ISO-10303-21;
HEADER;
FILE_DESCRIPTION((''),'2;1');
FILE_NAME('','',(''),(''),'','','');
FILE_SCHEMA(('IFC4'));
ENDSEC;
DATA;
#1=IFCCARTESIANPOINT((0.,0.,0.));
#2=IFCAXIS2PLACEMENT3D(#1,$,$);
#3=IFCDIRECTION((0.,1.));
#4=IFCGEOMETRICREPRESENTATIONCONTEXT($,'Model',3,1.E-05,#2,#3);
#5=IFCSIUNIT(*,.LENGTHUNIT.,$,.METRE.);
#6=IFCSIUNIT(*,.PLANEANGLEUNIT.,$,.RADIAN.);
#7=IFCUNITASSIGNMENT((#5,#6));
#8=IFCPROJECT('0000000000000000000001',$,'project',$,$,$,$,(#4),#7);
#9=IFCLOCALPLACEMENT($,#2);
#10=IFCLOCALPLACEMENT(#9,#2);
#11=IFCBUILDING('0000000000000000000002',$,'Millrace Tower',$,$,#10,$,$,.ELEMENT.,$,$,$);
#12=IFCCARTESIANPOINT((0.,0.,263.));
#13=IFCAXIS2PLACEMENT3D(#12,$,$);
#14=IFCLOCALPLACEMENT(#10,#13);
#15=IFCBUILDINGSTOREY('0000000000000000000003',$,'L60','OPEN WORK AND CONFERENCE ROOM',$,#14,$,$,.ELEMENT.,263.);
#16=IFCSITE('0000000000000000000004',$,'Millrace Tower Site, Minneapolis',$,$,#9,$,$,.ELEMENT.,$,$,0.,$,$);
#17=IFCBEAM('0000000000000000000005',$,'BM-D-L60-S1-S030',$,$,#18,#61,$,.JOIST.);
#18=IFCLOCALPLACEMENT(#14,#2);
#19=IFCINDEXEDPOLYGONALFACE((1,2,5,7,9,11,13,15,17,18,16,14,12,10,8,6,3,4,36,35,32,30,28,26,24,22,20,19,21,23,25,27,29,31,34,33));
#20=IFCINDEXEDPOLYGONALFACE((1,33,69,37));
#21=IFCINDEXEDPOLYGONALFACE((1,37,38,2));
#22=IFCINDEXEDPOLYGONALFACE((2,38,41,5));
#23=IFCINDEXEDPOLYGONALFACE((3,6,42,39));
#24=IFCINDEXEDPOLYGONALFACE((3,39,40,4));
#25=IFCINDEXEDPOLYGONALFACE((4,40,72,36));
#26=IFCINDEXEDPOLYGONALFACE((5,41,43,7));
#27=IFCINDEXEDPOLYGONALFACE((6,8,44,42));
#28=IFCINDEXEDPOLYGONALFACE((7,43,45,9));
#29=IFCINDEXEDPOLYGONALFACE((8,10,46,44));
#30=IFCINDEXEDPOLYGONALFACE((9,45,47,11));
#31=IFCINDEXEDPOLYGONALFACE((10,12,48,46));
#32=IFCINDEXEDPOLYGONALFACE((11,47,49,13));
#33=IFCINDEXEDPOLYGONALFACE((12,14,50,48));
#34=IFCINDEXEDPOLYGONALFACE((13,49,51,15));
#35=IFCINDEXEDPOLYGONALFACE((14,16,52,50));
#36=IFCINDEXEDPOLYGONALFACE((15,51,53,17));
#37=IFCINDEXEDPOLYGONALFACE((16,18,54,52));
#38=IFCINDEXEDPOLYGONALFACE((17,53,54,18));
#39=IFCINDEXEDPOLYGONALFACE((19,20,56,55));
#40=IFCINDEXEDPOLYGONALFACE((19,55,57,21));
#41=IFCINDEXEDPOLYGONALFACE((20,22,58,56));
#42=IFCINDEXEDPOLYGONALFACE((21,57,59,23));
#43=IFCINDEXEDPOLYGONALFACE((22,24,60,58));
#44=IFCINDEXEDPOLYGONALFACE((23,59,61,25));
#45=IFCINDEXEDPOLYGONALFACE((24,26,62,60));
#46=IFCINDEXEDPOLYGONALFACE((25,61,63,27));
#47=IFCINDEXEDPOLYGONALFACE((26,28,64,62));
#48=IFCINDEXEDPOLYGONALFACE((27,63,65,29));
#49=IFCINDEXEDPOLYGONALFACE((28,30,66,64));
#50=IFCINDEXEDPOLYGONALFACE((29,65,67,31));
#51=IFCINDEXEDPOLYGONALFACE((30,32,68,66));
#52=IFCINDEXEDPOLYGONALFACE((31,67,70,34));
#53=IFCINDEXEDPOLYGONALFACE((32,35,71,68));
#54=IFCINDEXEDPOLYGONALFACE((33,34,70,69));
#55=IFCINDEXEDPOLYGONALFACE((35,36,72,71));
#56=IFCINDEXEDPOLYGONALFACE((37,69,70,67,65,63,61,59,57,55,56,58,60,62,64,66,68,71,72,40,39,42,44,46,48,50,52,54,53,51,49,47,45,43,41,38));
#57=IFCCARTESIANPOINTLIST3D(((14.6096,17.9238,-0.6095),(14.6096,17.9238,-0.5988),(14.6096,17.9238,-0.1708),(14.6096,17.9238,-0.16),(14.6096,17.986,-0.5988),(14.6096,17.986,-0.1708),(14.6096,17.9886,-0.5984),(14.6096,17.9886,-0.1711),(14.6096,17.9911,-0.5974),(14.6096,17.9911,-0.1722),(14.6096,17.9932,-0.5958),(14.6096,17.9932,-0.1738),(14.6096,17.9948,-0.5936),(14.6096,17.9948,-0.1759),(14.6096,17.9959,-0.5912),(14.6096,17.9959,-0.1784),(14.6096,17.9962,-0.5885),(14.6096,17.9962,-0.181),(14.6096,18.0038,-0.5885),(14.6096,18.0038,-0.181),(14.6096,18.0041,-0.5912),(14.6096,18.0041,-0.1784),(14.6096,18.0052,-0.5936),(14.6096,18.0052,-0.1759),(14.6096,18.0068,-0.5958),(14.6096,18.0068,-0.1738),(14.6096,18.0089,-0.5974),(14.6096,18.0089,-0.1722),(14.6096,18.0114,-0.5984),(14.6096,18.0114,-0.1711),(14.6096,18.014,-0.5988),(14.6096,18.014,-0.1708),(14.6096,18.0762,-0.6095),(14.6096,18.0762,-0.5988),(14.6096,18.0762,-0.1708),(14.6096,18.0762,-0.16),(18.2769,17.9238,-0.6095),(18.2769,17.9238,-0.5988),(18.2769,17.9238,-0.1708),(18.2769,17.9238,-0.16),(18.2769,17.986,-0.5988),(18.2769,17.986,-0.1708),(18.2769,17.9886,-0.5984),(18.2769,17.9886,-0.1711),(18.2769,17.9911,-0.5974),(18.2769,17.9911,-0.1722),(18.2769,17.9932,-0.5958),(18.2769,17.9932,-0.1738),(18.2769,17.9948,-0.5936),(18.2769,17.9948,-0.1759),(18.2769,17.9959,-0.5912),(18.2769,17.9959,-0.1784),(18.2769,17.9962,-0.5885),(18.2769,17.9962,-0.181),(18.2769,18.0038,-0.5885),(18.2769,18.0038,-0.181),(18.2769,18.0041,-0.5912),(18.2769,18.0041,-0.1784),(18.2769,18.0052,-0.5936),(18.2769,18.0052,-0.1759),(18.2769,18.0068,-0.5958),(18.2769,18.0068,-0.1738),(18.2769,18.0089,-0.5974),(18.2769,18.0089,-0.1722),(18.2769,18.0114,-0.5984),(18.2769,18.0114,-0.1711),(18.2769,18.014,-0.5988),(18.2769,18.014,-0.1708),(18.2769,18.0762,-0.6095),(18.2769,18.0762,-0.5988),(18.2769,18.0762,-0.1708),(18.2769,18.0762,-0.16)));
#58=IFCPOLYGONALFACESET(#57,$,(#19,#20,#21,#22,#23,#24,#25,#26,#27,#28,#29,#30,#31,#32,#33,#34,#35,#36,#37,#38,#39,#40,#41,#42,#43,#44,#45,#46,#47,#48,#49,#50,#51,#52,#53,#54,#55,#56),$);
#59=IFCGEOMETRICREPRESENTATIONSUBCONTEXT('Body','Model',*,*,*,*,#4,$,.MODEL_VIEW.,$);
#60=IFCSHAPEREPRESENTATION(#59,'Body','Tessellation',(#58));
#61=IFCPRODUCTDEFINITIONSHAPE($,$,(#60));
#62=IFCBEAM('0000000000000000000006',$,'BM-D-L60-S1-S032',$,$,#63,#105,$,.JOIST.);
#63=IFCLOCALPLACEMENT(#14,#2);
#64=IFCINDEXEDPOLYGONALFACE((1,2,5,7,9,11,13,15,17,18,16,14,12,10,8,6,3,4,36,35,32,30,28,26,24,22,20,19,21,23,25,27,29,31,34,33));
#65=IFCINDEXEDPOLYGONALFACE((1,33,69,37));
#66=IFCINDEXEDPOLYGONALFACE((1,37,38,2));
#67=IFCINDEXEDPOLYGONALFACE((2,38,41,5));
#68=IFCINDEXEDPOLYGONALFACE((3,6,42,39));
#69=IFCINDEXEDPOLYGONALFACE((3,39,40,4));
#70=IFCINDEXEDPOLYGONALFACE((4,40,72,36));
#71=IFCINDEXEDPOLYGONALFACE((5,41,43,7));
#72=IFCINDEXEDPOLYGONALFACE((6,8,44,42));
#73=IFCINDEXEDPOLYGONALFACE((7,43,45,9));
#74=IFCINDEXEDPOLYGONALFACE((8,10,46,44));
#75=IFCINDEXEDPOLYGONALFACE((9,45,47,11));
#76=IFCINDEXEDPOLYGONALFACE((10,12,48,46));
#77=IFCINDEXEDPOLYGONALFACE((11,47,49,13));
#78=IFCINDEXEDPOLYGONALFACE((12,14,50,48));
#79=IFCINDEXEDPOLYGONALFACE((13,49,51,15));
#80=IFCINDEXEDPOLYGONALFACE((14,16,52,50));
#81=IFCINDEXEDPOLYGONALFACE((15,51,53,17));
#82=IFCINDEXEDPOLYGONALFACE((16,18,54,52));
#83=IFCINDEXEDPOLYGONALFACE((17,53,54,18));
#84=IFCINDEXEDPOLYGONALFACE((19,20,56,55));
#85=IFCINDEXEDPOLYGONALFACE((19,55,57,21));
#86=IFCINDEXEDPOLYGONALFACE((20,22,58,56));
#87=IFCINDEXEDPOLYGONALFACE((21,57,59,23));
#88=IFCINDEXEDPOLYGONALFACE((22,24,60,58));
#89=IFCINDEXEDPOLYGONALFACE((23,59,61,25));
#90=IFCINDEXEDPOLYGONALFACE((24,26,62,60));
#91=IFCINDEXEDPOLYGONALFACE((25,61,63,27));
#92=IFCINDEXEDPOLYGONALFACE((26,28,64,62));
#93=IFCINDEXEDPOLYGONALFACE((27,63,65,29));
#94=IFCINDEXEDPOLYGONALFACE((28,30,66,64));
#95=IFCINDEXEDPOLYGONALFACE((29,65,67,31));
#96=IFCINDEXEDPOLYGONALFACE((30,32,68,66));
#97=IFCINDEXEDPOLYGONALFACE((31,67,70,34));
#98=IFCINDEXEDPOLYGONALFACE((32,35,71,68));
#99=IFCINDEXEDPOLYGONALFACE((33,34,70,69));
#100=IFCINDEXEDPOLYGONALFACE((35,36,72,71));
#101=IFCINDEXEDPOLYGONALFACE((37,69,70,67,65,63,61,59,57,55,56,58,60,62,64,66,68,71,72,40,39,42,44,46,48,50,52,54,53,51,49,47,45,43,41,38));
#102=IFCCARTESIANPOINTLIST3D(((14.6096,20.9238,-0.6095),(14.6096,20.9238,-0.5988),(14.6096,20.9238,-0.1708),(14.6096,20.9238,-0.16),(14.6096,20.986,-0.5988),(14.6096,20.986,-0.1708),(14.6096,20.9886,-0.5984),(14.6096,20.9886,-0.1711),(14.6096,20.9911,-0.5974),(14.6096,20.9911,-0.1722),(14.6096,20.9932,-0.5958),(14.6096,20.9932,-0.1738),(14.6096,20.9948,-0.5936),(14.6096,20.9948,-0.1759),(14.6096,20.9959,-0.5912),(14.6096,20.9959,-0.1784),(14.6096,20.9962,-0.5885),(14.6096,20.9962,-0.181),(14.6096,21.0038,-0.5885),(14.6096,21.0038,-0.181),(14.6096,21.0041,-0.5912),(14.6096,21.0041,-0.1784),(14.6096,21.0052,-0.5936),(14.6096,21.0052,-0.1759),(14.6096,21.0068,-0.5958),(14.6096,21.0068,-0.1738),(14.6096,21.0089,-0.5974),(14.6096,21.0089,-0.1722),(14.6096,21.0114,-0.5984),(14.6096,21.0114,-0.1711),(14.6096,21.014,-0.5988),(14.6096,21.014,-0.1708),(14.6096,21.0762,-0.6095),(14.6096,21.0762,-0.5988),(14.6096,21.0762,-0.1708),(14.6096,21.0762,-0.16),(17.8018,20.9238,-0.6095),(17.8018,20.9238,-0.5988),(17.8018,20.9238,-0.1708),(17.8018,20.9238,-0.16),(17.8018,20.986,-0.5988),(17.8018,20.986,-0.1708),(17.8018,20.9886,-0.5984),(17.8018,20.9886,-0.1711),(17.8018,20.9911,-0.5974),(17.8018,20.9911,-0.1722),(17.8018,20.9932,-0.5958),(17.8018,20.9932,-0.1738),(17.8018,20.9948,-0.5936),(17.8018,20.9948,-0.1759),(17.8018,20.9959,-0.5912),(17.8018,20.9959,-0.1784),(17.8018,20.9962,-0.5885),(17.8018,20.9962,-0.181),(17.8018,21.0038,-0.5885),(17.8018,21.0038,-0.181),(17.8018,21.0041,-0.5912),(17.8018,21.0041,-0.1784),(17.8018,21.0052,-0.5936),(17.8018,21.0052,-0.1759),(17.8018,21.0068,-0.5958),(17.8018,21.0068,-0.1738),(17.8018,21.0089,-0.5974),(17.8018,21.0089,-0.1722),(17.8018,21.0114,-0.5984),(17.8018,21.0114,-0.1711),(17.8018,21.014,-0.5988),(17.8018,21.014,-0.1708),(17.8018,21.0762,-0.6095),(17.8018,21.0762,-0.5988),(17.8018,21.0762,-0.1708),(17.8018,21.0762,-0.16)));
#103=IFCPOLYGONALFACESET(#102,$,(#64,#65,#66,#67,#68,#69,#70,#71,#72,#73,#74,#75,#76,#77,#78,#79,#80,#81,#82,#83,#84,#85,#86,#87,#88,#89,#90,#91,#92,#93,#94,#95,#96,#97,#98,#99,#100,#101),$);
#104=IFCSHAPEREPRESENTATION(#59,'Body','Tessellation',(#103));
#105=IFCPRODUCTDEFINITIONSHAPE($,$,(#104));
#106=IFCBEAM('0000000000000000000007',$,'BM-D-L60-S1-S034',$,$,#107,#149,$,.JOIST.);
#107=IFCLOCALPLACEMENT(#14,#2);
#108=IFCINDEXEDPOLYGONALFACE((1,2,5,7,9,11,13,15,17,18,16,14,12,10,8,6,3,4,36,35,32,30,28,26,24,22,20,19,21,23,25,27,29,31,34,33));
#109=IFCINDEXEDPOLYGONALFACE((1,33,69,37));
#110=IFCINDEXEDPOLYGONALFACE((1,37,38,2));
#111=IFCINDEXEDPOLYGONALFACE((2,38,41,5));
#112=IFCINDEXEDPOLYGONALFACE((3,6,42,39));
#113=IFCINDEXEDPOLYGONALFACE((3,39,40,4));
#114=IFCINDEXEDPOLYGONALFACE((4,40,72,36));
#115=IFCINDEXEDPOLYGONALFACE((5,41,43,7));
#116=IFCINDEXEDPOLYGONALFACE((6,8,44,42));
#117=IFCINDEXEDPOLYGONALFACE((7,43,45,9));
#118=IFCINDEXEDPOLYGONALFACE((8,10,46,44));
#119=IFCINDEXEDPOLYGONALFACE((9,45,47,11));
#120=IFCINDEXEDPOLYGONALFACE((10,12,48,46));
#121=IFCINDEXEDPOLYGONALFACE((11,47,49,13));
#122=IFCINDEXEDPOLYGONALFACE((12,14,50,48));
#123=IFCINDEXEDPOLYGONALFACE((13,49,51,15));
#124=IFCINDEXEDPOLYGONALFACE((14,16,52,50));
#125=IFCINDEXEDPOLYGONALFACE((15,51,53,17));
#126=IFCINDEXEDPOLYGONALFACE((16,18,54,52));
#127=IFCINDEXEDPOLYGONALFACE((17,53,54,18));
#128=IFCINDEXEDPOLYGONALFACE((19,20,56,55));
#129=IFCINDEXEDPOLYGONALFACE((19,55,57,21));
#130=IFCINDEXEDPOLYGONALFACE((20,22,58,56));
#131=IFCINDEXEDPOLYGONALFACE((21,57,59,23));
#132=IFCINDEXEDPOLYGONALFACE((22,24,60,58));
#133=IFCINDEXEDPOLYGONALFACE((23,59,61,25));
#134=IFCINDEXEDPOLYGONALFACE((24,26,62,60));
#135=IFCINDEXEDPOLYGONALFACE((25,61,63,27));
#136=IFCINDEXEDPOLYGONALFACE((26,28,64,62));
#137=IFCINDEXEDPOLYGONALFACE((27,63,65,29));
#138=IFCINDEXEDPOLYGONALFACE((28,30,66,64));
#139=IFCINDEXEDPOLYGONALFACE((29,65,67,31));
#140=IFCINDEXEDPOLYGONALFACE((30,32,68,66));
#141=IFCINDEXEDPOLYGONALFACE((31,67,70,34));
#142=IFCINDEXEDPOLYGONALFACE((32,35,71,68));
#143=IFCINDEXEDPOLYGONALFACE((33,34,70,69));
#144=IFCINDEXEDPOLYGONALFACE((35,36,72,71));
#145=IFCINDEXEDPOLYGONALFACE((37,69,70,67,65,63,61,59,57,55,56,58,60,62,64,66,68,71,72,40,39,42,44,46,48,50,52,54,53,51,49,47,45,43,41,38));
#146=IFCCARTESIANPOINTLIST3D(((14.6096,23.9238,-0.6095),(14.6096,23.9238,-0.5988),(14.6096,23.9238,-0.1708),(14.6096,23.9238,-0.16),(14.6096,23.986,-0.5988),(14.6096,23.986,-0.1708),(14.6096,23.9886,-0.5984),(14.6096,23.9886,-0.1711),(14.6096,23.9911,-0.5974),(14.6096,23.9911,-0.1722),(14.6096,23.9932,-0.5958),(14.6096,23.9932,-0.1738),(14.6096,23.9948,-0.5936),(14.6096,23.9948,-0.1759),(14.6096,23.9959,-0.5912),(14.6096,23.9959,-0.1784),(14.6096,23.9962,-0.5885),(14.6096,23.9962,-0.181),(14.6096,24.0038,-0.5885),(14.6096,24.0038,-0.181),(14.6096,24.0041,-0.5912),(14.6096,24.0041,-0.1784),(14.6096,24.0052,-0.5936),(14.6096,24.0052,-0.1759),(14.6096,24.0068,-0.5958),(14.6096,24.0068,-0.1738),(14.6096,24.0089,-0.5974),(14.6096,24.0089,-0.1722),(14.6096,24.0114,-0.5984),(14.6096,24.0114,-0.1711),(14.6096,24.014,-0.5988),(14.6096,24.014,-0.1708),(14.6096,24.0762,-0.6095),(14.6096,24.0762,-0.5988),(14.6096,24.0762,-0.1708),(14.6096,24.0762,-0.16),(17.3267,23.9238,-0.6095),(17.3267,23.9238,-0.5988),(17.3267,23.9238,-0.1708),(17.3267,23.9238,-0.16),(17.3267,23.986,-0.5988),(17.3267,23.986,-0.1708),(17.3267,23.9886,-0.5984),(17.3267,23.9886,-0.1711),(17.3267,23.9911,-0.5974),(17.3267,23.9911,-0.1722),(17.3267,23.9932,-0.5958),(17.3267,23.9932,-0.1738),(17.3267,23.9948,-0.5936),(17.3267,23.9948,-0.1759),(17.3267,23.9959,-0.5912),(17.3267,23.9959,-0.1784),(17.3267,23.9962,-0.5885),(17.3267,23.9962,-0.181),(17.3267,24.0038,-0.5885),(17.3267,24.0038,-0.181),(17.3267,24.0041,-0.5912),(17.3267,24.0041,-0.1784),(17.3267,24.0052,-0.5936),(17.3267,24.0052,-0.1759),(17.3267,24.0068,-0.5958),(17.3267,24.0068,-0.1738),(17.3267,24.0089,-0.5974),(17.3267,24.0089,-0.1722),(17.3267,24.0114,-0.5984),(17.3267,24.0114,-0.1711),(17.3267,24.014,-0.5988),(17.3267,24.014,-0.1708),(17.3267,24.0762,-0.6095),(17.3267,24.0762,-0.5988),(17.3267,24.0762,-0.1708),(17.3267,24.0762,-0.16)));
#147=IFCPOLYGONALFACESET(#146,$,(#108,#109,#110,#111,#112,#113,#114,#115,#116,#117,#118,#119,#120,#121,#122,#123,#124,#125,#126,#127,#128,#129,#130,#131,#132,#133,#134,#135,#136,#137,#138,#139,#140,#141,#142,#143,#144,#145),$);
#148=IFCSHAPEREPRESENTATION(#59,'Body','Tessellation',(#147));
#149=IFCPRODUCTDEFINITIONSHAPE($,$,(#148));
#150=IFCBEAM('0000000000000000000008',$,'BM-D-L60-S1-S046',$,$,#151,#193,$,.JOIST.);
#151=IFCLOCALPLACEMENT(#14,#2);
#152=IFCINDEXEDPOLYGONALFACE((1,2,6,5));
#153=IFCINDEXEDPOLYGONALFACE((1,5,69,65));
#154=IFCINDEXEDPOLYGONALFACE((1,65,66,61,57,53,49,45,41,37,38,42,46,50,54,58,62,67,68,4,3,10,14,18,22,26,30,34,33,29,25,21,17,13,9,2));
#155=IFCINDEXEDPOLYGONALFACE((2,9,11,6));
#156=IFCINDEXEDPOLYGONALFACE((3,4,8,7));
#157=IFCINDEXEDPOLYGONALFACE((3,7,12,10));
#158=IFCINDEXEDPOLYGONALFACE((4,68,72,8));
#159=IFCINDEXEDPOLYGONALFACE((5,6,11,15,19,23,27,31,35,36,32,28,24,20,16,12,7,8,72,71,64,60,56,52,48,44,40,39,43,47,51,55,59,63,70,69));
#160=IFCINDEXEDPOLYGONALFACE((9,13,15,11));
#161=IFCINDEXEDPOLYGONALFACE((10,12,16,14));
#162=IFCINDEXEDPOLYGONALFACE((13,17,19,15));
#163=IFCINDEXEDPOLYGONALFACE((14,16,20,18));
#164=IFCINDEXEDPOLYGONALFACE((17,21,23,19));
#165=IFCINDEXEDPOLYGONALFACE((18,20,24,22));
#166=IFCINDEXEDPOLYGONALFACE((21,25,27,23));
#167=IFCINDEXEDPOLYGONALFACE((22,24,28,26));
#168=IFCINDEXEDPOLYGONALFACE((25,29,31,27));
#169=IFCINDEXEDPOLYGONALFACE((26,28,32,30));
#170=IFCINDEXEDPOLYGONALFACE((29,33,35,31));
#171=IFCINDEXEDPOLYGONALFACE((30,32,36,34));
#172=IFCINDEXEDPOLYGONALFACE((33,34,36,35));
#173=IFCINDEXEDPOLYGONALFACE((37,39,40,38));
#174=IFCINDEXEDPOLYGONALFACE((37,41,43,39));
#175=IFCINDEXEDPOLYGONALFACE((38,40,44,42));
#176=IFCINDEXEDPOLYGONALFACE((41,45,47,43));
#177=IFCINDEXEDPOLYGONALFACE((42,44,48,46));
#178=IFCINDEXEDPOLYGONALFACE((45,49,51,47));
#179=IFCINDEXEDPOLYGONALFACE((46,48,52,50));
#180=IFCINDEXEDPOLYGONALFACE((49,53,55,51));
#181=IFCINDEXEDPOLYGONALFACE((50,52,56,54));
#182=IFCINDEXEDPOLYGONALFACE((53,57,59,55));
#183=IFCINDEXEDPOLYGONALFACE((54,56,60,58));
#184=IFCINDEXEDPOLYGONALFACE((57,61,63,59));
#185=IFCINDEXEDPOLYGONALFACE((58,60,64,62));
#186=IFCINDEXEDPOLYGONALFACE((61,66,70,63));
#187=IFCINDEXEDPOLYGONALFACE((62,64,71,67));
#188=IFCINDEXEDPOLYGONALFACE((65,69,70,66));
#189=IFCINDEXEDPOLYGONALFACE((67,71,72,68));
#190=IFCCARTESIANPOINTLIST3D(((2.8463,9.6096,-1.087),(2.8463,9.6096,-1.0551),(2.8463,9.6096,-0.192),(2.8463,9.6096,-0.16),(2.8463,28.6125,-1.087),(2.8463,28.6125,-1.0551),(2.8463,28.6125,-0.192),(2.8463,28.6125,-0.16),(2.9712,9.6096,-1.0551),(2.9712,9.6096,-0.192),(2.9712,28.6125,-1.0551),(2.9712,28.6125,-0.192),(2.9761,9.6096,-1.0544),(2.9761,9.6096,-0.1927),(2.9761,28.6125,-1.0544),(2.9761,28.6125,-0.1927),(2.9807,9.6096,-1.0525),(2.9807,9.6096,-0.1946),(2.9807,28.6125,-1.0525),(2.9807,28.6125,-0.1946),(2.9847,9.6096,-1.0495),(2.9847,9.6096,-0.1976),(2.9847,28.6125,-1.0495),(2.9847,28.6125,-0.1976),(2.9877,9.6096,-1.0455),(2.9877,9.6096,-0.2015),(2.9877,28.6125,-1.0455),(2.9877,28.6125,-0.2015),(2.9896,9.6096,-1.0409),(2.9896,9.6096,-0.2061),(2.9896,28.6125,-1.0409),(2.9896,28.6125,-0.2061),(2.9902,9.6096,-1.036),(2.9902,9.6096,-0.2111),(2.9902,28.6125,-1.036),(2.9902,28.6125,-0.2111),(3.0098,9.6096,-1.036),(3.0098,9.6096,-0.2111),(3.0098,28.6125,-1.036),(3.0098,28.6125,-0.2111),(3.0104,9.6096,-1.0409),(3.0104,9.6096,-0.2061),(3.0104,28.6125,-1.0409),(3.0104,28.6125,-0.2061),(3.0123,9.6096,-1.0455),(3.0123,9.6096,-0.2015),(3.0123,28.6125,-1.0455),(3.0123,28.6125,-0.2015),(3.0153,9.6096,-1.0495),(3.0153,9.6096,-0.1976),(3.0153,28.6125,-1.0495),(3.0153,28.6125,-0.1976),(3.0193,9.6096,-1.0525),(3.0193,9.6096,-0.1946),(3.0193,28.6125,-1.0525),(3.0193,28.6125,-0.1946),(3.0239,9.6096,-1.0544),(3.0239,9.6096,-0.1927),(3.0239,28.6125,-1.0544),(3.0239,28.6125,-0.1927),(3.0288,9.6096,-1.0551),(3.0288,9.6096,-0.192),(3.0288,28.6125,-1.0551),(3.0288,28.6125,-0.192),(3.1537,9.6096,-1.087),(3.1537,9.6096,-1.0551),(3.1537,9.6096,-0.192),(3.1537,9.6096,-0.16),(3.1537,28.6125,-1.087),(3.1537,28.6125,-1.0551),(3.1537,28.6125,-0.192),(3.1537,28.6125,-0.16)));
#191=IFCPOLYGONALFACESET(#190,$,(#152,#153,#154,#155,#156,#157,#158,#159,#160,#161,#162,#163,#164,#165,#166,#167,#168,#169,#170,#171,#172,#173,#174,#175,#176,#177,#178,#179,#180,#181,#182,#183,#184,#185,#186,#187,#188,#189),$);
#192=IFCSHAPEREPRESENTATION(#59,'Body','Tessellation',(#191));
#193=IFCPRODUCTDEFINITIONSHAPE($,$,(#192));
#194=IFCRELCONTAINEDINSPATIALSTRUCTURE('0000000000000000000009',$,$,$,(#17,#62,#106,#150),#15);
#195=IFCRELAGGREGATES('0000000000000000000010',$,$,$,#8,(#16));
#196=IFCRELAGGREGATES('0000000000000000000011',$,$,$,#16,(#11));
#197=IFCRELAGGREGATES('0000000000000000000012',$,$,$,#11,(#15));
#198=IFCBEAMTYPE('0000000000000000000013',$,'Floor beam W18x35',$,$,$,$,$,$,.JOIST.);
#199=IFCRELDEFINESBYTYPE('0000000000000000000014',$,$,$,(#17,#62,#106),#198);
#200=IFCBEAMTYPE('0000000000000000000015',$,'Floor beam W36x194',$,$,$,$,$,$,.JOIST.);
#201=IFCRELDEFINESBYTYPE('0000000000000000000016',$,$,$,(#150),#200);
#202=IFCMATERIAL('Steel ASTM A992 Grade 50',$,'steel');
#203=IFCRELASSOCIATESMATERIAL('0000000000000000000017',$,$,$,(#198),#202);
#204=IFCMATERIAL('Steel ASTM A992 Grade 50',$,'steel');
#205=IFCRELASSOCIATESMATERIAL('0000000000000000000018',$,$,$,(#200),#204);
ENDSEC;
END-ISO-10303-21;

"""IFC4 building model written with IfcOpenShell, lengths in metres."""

from ifc_helpers import new_model, si_unit, direction, frame, origin, origin_2d, place, context, subcontext, project, spatial, i_section, extrude, material, material_profile, profile_set, type_object, element, save


model = new_model("IFC4")

# Units and contexts
model_context = context("Model", 3, precision=1e-05, world=origin(), true_north=direction((0.0, 1.0)))
body_context = subcontext(model_context, "Body", "Model", "MODEL_VIEW")
ifc_project = project(units=[si_unit("LENGTHUNIT", "METRE"), si_unit("PLANEANGLEUNIT", "RADIAN")], contexts=[model_context])

# Site, building, storey
site_placement = place(None, origin())
site = spatial("IfcSite", under=ifc_project, at=site_placement, Name="Millrace Tower Site, Minneapolis", CompositionType="ELEMENT", RefElevation=0.0)
building_placement = place(site_placement, origin())
building = spatial("IfcBuilding", under=site, at=building_placement, Name="Millrace Tower", CompositionType="ELEMENT")
storey_placement = place(building_placement, frame((0.0, 0.0, 263.0)))
storey = spatial("IfcBuildingStorey", under=building, at=storey_placement, Name="L60", Description="OPEN WORK AND CONFERENCE ROOM", CompositionType="ELEMENT", Elevation=263.0)

# Beams
ifc_material_1 = material(Name="Steel ASTM A992 Grade 50", Category="steel")
ifc_material_profile_1 = material_profile(ifc_material_1, i_section(OverallWidth=0.1523, OverallDepth=0.4495, WebThickness=0.0076, FlangeThickness=0.0107, FilletRadius=0.0103, at=origin_2d()))
ifc_profile_set_1 = profile_set([ifc_material_profile_1], Name="Steel ASTM A992 Grade 50")
beam_type_1 = type_object("IfcBeamType", Name="Floor beam W18x35", PredefinedType="JOIST", material=ifc_profile_set_1)
beam_1_placement = place(storey_placement, frame((14.6096, 18.0, -0.3848), z_axis=(1.0, 0.0, 0.0), x_axis=(0.0, 1.0, 0.0)))
element("IfcBeam", 1, at=beam_1_placement, inside=storey, type_object=beam_type_1, Name="BM-D-L60-S1-S030", PredefinedType="JOIST", context=body_context, shape_type="SweptSolid", body=[
    extrude(i_section(OverallWidth=0.1523, OverallDepth=0.4495, WebThickness=0.0076, FlangeThickness=0.0107, FilletRadius=0.0103, at=origin_2d()), origin(), (0.0, 0.0, 1.0), 3.6672),
])
beam_2_placement = place(storey_placement, frame((14.6096, 21.0, -0.3848), z_axis=(1.0, 0.0, 0.0), x_axis=(0.0, 1.0, 0.0)))
element("IfcBeam", 2, at=beam_2_placement, inside=storey, type_object=beam_type_1, Name="BM-D-L60-S1-S032", PredefinedType="JOIST", context=body_context, shape_type="SweptSolid", body=[
    extrude(i_section(OverallWidth=0.1523, OverallDepth=0.4495, WebThickness=0.0076, FlangeThickness=0.0107, FilletRadius=0.0103, at=origin_2d()), origin(), (0.0, 0.0, 1.0), 3.1921),
])
beam_3_placement = place(storey_placement, frame((14.6096, 24.0, -0.3848), z_axis=(1.0, 0.0, 0.0), x_axis=(0.0, 1.0, 0.0)))
element("IfcBeam", 3, at=beam_3_placement, inside=storey, type_object=beam_type_1, Name="BM-D-L60-S1-S034", PredefinedType="JOIST", context=body_context, shape_type="SweptSolid", body=[
    extrude(i_section(OverallWidth=0.1523, OverallDepth=0.4495, WebThickness=0.0076, FlangeThickness=0.0107, FilletRadius=0.0103, at=origin_2d()), origin(), (0.0, 0.0, 1.0), 2.717),
])
ifc_material_2 = material(Name="Steel ASTM A992 Grade 50", Category="steel")
ifc_material_profile_2 = material_profile(ifc_material_2, i_section(OverallWidth=0.3074, OverallDepth=0.927, WebThickness=0.0195, FlangeThickness=0.032, FilletRadius=0.019, at=origin_2d()))
ifc_profile_set_2 = profile_set([ifc_material_profile_2], Name="Steel ASTM A992 Grade 50")
beam_type_2 = type_object("IfcBeamType", Name="Floor beam W36x194", PredefinedType="JOIST", material=ifc_profile_set_2)
beam_4_placement = place(storey_placement, frame((3.0, 9.6096, -0.6235), z_axis=(0.0, 1.0, 0.0), x_axis=(-1.0, 0.0, 0.0)))
element("IfcBeam", 4, at=beam_4_placement, inside=storey, type_object=beam_type_2, Name="BM-D-L60-S1-S046", PredefinedType="JOIST", context=body_context, shape_type="SweptSolid", body=[
    extrude(i_section(OverallWidth=0.3074, OverallDepth=0.927, WebThickness=0.0195, FlangeThickness=0.032, FilletRadius=0.019, at=origin_2d()), origin(), (0.0, 0.0, 1.0), 19.0029),
])

save(model, "model.ifc")
